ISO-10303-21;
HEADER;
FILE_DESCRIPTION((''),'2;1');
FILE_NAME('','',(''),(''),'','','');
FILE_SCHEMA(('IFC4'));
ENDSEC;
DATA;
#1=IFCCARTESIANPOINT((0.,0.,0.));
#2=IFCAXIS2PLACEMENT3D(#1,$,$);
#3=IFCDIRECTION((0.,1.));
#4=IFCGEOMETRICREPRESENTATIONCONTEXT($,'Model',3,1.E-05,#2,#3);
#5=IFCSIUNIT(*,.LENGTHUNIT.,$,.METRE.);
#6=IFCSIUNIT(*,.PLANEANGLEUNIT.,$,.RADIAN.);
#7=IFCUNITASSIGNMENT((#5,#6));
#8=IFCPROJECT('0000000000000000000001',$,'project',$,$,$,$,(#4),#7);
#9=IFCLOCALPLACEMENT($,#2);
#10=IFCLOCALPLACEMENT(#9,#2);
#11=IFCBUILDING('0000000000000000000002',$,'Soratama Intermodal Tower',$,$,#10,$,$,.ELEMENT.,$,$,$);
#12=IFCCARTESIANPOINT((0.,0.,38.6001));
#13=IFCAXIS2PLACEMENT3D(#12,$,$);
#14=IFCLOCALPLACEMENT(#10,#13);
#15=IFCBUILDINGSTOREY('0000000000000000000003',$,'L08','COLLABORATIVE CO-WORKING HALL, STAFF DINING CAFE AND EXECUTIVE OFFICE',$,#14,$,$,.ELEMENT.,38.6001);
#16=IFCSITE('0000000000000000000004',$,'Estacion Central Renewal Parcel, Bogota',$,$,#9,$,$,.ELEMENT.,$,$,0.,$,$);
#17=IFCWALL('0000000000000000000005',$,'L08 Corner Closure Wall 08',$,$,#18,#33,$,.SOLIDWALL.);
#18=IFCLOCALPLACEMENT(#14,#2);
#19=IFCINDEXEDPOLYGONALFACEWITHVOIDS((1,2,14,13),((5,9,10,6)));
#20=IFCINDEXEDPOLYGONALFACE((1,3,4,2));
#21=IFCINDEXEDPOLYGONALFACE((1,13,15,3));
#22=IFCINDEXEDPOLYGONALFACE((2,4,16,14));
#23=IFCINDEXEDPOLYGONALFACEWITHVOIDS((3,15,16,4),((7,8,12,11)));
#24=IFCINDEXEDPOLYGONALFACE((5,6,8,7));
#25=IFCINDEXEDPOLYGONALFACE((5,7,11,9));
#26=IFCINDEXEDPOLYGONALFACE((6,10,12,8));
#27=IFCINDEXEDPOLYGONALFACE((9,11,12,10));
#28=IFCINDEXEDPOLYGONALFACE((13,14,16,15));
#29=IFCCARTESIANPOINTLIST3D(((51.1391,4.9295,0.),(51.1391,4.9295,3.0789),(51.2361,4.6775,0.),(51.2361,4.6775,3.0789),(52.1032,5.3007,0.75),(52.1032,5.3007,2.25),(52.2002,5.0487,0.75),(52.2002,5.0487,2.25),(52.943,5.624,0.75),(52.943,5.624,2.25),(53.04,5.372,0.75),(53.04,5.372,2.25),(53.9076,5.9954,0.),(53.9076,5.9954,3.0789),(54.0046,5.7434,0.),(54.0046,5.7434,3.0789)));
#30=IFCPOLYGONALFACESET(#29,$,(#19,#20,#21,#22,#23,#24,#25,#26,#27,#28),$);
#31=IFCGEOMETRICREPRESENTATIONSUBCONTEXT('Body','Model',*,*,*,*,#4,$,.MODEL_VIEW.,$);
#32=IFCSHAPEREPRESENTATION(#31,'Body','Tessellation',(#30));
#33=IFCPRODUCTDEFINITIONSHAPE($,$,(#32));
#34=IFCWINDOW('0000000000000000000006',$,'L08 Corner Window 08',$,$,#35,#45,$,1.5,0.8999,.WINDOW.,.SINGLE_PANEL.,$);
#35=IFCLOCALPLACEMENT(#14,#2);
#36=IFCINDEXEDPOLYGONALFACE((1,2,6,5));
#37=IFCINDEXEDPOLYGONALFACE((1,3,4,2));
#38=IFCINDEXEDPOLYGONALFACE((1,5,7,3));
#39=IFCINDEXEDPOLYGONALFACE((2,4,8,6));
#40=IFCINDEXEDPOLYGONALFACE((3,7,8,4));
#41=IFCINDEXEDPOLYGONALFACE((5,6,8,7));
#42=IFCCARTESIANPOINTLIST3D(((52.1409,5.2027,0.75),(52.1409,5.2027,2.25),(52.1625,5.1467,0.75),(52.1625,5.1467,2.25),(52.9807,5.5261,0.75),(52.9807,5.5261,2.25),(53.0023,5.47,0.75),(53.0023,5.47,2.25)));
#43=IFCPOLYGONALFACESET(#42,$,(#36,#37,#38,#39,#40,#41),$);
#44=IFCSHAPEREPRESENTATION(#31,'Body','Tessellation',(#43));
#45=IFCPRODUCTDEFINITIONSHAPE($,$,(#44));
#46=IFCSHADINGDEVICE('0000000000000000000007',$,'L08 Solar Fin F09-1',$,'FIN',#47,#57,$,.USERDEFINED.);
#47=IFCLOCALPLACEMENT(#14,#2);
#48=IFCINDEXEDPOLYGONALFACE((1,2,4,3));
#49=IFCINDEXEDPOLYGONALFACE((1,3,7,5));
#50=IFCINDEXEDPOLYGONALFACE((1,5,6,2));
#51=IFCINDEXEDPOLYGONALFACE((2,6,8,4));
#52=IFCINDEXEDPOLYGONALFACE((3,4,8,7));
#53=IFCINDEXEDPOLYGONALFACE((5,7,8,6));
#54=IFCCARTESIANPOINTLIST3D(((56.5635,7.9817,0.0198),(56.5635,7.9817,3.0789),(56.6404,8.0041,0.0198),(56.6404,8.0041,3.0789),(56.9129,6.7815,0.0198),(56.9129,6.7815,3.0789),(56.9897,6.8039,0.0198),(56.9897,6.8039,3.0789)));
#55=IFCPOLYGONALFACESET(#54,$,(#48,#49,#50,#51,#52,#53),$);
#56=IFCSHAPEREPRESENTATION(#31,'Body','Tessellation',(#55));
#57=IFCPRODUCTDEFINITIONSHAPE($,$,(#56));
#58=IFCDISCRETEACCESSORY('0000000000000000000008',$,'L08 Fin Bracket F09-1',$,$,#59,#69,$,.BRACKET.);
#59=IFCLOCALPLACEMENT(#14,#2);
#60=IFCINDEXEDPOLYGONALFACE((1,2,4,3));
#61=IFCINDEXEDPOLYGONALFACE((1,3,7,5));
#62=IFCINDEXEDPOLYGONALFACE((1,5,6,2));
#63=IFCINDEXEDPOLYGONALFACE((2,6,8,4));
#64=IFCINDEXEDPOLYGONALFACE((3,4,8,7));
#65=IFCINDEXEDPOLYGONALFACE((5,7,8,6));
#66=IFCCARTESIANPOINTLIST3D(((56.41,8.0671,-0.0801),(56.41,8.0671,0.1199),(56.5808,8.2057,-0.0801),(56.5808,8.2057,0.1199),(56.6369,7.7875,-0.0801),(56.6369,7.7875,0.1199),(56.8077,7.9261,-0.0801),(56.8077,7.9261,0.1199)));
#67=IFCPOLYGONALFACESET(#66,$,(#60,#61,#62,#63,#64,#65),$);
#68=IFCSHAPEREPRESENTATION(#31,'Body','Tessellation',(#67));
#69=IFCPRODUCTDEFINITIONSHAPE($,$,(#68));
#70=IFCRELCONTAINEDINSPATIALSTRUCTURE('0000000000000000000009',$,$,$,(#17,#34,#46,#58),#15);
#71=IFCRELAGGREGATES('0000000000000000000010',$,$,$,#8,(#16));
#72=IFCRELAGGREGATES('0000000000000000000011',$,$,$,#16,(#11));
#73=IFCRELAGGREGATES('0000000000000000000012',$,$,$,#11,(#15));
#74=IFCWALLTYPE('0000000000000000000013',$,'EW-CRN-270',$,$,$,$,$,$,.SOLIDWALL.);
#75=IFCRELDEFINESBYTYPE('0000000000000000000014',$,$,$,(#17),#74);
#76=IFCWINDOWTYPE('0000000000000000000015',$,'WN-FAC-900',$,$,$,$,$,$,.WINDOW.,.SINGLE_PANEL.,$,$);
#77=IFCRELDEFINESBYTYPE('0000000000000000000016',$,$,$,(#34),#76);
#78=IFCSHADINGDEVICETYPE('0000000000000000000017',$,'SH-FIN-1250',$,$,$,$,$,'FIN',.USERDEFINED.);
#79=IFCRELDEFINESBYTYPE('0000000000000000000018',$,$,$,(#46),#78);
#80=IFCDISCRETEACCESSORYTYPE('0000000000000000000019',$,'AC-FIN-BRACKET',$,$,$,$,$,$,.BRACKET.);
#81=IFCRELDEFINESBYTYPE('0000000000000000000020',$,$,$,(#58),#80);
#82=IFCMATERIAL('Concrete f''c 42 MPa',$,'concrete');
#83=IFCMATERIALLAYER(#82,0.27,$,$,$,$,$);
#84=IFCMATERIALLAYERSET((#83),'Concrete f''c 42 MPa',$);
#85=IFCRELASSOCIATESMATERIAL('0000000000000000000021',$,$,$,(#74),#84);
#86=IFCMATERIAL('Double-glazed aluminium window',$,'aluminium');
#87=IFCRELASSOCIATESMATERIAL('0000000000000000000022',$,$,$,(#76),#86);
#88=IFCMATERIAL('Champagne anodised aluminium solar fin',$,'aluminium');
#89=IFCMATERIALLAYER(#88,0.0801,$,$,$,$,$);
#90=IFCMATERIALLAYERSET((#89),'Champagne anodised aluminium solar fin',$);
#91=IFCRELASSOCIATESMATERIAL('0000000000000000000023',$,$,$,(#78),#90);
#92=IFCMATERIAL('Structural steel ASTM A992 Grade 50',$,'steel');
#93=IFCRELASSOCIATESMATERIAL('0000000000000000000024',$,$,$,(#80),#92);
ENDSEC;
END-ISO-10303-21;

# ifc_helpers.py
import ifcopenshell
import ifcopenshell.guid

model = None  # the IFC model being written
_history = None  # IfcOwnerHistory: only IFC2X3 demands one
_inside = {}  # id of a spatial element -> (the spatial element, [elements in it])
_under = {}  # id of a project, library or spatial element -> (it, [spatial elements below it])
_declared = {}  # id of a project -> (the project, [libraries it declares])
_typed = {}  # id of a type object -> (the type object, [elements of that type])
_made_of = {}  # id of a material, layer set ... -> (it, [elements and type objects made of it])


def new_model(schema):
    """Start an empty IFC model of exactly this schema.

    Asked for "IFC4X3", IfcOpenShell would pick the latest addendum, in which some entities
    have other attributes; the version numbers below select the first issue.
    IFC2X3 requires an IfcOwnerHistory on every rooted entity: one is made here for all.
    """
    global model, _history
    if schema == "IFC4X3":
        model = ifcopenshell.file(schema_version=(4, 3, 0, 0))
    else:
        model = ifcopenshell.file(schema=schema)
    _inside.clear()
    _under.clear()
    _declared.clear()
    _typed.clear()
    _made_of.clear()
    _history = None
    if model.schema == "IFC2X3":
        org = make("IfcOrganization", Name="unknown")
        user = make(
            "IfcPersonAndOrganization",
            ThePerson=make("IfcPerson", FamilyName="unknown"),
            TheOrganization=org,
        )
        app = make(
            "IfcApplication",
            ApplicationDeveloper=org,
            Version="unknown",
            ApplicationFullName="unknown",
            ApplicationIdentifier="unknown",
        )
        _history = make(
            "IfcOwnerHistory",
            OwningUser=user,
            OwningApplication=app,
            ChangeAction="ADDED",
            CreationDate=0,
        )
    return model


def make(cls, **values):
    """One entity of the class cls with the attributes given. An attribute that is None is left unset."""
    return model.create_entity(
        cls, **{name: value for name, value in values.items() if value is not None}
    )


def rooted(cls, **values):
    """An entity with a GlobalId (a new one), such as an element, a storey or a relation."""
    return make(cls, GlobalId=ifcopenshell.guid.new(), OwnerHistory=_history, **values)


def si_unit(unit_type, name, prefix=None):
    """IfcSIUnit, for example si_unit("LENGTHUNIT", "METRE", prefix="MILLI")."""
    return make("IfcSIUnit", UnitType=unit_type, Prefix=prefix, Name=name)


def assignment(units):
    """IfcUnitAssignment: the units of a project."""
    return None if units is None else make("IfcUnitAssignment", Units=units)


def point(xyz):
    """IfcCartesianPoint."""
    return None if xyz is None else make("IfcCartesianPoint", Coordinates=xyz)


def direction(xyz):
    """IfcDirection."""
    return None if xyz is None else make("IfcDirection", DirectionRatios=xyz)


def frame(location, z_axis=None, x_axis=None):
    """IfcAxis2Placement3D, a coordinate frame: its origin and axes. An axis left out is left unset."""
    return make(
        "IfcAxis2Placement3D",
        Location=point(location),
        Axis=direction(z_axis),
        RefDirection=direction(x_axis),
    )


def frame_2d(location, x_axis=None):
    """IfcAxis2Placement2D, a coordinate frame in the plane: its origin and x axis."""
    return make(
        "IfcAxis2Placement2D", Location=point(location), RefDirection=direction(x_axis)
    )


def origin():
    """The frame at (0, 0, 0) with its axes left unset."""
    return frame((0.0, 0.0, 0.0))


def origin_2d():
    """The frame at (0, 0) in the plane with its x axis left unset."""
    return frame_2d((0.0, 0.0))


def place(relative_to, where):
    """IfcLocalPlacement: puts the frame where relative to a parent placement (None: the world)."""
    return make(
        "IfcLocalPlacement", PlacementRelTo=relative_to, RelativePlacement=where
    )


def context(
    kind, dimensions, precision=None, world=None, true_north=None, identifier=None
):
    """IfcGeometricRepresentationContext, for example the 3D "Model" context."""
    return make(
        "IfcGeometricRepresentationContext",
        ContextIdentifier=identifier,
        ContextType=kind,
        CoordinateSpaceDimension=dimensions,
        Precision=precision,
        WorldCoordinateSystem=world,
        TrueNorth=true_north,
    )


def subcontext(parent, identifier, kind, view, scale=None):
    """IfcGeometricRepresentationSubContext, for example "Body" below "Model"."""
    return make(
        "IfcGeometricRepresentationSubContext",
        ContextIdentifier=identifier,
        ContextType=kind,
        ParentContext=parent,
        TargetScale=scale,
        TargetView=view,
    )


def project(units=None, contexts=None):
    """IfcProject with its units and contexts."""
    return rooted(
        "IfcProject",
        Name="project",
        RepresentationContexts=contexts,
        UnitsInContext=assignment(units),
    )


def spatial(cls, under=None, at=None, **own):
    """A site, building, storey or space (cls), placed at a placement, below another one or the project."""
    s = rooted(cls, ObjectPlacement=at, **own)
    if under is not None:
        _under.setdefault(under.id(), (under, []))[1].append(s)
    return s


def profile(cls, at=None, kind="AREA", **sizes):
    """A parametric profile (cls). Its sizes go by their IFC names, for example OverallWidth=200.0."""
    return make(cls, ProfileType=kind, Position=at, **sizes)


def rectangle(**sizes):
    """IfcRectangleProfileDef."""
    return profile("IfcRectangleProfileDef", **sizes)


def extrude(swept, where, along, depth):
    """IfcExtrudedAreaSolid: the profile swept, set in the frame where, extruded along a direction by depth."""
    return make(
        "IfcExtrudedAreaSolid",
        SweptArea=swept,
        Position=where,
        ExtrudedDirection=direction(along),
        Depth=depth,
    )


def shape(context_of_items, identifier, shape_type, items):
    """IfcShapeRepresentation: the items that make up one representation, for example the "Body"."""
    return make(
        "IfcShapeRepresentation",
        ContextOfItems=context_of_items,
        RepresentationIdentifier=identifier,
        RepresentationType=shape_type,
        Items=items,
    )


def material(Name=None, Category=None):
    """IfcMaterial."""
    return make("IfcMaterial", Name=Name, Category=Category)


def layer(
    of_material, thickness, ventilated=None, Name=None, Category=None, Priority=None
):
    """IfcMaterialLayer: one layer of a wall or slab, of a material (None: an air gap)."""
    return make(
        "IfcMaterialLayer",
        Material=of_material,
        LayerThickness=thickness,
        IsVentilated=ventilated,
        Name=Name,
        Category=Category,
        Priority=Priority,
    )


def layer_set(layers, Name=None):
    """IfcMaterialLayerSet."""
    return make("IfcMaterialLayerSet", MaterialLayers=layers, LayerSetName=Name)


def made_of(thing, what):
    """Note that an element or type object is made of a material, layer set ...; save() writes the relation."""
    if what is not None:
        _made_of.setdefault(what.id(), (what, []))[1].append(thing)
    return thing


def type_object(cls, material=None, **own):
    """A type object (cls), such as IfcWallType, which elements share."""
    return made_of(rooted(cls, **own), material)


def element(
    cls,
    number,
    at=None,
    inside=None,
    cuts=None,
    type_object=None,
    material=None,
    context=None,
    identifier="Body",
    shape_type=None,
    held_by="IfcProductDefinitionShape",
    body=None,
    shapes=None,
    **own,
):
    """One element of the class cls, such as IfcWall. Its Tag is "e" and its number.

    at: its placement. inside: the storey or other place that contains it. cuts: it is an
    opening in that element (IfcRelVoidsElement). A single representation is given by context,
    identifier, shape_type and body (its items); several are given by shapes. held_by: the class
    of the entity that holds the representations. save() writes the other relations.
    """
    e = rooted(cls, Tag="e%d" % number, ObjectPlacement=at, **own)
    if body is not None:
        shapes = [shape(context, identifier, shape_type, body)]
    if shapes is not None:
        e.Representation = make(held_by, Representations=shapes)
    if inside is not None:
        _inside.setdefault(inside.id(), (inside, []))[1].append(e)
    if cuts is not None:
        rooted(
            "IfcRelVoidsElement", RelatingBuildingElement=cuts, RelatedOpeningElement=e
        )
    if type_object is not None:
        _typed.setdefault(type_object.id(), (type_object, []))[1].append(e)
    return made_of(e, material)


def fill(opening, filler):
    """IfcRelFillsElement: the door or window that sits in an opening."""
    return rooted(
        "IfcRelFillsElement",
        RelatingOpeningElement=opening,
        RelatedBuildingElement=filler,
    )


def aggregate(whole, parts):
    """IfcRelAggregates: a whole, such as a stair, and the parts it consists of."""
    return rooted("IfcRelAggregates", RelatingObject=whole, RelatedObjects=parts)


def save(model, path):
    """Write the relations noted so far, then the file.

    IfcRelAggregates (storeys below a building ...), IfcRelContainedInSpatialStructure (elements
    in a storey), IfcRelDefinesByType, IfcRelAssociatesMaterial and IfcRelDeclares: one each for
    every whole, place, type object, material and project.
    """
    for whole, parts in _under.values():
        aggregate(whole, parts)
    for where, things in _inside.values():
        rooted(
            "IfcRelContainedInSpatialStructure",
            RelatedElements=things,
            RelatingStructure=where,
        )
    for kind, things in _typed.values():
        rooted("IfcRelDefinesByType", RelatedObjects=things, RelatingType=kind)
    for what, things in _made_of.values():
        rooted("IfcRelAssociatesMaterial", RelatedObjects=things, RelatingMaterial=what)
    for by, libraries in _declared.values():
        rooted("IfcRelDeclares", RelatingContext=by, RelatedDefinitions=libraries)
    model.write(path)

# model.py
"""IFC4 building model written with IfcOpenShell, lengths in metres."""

from ifc_helpers import new_model, si_unit, direction, frame, frame_2d, origin, origin_2d, place, context, subcontext, project, spatial, rectangle, extrude, material, layer, layer_set, type_object, element, fill, save


model = new_model("IFC4")

# Units and contexts
model_context = context("Model", 3, precision=1e-05, world=origin(), true_north=direction((0.0, 1.0)))
body_context = subcontext(model_context, "Body", "Model", "MODEL_VIEW")
ifc_project = project(units=[si_unit("LENGTHUNIT", "METRE"), si_unit("PLANEANGLEUNIT", "RADIAN")], contexts=[model_context])

# Site, building, storey
site_placement = place(None, origin())
site = spatial("IfcSite", under=ifc_project, at=site_placement, Name="Estacion Central Renewal Parcel, Bogota", CompositionType="ELEMENT", RefElevation=0.0)
building_placement = place(site_placement, origin())
building = spatial("IfcBuilding", under=site, at=building_placement, Name="Soratama Intermodal Tower", CompositionType="ELEMENT")
storey_placement = place(building_placement, frame((0.0, 0.0, 38.6001)))
storey = spatial("IfcBuildingStorey", under=building, at=storey_placement, Name="L08", Description="COLLABORATIVE CO-WORKING HALL, STAFF DINING CAFE AND EXECUTIVE OFFICE", CompositionType="ELEMENT", Elevation=38.6001)

# Wall, opening, window
ifc_material_1 = material(Name="Concrete f'c 42 MPa", Category="concrete")
ifc_layer_1 = layer(ifc_material_1, 0.27)
ifc_layer_set_1 = layer_set([ifc_layer_1], Name="Concrete f'c 42 MPa")
wall_type = type_object("IfcWallType", Name="EW-CRN-270", PredefinedType="SOLIDWALL", material=ifc_layer_set_1)
wall_placement = place(storey_placement, frame((51.1875, 4.8035, 0.0), z_axis=(0.0, 0.0, 1.0), x_axis=(0.933223, 0.359299, 0.0)))
wall = element("IfcWall", 1, at=wall_placement, inside=storey, type_object=wall_type, Name="L08 Corner Closure Wall 08", PredefinedType="SOLIDWALL", context=body_context, shape_type="SweptSolid", body=[
    extrude(rectangle(XDim=2.9666, YDim=0.27, at=frame_2d((1.4834, 0.0))), origin(), (0.0, 0.0, 1.0), 3.0789),
])
opening_placement = place(wall_placement, frame((1.0332, 0.0, 0.75)))
opening = element("IfcOpeningElement", 2, at=opening_placement, cuts=wall, PredefinedType="OPENING", context=body_context, shape_type="SweptSolid", body=[
    extrude(rectangle(XDim=0.8999, YDim=1.5, at=frame_2d((0.45, 0.75))), frame((0.0, 0.145, 0.0), z_axis=(0.0, -1.0, 0.0), x_axis=(1.0, 0.0, 0.0)), (0.0, 0.0, 1.0), 0.29),
])
ifc_material_2 = material(Name="Double-glazed aluminium window", Category="aluminium")
window_type = type_object("IfcWindowType", Name="WN-FAC-900", PartitioningType="SINGLE_PANEL", PredefinedType="WINDOW", material=ifc_material_2)
window_placement = place(opening_placement, origin())
window = element("IfcWindow", 3, at=window_placement, inside=storey, type_object=window_type, Name="L08 Corner Window 08", OverallHeight=1.5, OverallWidth=0.8999, PartitioningType="SINGLE_PANEL", PredefinedType="WINDOW", context=body_context, shape_type="SweptSolid", body=[
    extrude(rectangle(XDim=0.8999, YDim=1.5, at=frame_2d((0.45, 0.75))), frame((0.0, 0.03, 0.0), z_axis=(0.0, -1.0, 0.0), x_axis=(1.0, 0.0, 0.0)), (0.0, 0.0, 1.0), 0.0601),
])
fill(opening, window)

# Shading device
ifc_material_3 = material(Name="Champagne anodised aluminium solar fin", Category="aluminium")
ifc_layer_2 = layer(ifc_material_3, 0.0801)
ifc_layer_set_2 = layer_set([ifc_layer_2], Name="Champagne anodised aluminium solar fin")
shading_device_type = type_object("IfcShadingDeviceType", Name="SH-FIN-1250", ElementType="FIN", PredefinedType="USERDEFINED", material=ifc_layer_set_2)
shading_device_placement = place(storey_placement, frame((56.7766, 7.3928, 0.0198), z_axis=(0.0, 0.0, 1.0), x_axis=(0.279494, -0.960147, 0.0)))
element("IfcShadingDevice", 4, at=shading_device_placement, inside=storey, type_object=shading_device_type, Name="L08 Solar Fin F09-1", ObjectType="FIN", PredefinedType="USERDEFINED", context=body_context, shape_type="SweptSolid", body=[
    extrude(rectangle(XDim=1.25, YDim=0.0801, at=origin_2d()), origin(), (0.0, 0.0, 1.0), 3.0591),
])

# Discrete accessory
ifc_material_4 = material(Name="Structural steel ASTM A992 Grade 50", Category="steel")
discrete_accessory_type = type_object("IfcDiscreteAccessoryType", Name="AC-FIN-BRACKET", PredefinedType="BRACKET", material=ifc_material_4)
discrete_accessory_placement = place(storey_placement, frame((56.6089, 7.9966, -0.0801), z_axis=(0.0, 0.0, 1.0), x_axis=(0.630134, -0.776487, 0.0)))
element("IfcDiscreteAccessory", 5, at=discrete_accessory_placement, inside=storey, type_object=discrete_accessory_type, Name="L08 Fin Bracket F09-1", PredefinedType="BRACKET", context=body_context, shape_type="SweptSolid", body=[
    extrude(rectangle(XDim=0.3601, YDim=0.22, at=origin_2d()), origin(), (0.0, 0.0, 1.0), 0.2),
])

save(model, "model.ifc")
